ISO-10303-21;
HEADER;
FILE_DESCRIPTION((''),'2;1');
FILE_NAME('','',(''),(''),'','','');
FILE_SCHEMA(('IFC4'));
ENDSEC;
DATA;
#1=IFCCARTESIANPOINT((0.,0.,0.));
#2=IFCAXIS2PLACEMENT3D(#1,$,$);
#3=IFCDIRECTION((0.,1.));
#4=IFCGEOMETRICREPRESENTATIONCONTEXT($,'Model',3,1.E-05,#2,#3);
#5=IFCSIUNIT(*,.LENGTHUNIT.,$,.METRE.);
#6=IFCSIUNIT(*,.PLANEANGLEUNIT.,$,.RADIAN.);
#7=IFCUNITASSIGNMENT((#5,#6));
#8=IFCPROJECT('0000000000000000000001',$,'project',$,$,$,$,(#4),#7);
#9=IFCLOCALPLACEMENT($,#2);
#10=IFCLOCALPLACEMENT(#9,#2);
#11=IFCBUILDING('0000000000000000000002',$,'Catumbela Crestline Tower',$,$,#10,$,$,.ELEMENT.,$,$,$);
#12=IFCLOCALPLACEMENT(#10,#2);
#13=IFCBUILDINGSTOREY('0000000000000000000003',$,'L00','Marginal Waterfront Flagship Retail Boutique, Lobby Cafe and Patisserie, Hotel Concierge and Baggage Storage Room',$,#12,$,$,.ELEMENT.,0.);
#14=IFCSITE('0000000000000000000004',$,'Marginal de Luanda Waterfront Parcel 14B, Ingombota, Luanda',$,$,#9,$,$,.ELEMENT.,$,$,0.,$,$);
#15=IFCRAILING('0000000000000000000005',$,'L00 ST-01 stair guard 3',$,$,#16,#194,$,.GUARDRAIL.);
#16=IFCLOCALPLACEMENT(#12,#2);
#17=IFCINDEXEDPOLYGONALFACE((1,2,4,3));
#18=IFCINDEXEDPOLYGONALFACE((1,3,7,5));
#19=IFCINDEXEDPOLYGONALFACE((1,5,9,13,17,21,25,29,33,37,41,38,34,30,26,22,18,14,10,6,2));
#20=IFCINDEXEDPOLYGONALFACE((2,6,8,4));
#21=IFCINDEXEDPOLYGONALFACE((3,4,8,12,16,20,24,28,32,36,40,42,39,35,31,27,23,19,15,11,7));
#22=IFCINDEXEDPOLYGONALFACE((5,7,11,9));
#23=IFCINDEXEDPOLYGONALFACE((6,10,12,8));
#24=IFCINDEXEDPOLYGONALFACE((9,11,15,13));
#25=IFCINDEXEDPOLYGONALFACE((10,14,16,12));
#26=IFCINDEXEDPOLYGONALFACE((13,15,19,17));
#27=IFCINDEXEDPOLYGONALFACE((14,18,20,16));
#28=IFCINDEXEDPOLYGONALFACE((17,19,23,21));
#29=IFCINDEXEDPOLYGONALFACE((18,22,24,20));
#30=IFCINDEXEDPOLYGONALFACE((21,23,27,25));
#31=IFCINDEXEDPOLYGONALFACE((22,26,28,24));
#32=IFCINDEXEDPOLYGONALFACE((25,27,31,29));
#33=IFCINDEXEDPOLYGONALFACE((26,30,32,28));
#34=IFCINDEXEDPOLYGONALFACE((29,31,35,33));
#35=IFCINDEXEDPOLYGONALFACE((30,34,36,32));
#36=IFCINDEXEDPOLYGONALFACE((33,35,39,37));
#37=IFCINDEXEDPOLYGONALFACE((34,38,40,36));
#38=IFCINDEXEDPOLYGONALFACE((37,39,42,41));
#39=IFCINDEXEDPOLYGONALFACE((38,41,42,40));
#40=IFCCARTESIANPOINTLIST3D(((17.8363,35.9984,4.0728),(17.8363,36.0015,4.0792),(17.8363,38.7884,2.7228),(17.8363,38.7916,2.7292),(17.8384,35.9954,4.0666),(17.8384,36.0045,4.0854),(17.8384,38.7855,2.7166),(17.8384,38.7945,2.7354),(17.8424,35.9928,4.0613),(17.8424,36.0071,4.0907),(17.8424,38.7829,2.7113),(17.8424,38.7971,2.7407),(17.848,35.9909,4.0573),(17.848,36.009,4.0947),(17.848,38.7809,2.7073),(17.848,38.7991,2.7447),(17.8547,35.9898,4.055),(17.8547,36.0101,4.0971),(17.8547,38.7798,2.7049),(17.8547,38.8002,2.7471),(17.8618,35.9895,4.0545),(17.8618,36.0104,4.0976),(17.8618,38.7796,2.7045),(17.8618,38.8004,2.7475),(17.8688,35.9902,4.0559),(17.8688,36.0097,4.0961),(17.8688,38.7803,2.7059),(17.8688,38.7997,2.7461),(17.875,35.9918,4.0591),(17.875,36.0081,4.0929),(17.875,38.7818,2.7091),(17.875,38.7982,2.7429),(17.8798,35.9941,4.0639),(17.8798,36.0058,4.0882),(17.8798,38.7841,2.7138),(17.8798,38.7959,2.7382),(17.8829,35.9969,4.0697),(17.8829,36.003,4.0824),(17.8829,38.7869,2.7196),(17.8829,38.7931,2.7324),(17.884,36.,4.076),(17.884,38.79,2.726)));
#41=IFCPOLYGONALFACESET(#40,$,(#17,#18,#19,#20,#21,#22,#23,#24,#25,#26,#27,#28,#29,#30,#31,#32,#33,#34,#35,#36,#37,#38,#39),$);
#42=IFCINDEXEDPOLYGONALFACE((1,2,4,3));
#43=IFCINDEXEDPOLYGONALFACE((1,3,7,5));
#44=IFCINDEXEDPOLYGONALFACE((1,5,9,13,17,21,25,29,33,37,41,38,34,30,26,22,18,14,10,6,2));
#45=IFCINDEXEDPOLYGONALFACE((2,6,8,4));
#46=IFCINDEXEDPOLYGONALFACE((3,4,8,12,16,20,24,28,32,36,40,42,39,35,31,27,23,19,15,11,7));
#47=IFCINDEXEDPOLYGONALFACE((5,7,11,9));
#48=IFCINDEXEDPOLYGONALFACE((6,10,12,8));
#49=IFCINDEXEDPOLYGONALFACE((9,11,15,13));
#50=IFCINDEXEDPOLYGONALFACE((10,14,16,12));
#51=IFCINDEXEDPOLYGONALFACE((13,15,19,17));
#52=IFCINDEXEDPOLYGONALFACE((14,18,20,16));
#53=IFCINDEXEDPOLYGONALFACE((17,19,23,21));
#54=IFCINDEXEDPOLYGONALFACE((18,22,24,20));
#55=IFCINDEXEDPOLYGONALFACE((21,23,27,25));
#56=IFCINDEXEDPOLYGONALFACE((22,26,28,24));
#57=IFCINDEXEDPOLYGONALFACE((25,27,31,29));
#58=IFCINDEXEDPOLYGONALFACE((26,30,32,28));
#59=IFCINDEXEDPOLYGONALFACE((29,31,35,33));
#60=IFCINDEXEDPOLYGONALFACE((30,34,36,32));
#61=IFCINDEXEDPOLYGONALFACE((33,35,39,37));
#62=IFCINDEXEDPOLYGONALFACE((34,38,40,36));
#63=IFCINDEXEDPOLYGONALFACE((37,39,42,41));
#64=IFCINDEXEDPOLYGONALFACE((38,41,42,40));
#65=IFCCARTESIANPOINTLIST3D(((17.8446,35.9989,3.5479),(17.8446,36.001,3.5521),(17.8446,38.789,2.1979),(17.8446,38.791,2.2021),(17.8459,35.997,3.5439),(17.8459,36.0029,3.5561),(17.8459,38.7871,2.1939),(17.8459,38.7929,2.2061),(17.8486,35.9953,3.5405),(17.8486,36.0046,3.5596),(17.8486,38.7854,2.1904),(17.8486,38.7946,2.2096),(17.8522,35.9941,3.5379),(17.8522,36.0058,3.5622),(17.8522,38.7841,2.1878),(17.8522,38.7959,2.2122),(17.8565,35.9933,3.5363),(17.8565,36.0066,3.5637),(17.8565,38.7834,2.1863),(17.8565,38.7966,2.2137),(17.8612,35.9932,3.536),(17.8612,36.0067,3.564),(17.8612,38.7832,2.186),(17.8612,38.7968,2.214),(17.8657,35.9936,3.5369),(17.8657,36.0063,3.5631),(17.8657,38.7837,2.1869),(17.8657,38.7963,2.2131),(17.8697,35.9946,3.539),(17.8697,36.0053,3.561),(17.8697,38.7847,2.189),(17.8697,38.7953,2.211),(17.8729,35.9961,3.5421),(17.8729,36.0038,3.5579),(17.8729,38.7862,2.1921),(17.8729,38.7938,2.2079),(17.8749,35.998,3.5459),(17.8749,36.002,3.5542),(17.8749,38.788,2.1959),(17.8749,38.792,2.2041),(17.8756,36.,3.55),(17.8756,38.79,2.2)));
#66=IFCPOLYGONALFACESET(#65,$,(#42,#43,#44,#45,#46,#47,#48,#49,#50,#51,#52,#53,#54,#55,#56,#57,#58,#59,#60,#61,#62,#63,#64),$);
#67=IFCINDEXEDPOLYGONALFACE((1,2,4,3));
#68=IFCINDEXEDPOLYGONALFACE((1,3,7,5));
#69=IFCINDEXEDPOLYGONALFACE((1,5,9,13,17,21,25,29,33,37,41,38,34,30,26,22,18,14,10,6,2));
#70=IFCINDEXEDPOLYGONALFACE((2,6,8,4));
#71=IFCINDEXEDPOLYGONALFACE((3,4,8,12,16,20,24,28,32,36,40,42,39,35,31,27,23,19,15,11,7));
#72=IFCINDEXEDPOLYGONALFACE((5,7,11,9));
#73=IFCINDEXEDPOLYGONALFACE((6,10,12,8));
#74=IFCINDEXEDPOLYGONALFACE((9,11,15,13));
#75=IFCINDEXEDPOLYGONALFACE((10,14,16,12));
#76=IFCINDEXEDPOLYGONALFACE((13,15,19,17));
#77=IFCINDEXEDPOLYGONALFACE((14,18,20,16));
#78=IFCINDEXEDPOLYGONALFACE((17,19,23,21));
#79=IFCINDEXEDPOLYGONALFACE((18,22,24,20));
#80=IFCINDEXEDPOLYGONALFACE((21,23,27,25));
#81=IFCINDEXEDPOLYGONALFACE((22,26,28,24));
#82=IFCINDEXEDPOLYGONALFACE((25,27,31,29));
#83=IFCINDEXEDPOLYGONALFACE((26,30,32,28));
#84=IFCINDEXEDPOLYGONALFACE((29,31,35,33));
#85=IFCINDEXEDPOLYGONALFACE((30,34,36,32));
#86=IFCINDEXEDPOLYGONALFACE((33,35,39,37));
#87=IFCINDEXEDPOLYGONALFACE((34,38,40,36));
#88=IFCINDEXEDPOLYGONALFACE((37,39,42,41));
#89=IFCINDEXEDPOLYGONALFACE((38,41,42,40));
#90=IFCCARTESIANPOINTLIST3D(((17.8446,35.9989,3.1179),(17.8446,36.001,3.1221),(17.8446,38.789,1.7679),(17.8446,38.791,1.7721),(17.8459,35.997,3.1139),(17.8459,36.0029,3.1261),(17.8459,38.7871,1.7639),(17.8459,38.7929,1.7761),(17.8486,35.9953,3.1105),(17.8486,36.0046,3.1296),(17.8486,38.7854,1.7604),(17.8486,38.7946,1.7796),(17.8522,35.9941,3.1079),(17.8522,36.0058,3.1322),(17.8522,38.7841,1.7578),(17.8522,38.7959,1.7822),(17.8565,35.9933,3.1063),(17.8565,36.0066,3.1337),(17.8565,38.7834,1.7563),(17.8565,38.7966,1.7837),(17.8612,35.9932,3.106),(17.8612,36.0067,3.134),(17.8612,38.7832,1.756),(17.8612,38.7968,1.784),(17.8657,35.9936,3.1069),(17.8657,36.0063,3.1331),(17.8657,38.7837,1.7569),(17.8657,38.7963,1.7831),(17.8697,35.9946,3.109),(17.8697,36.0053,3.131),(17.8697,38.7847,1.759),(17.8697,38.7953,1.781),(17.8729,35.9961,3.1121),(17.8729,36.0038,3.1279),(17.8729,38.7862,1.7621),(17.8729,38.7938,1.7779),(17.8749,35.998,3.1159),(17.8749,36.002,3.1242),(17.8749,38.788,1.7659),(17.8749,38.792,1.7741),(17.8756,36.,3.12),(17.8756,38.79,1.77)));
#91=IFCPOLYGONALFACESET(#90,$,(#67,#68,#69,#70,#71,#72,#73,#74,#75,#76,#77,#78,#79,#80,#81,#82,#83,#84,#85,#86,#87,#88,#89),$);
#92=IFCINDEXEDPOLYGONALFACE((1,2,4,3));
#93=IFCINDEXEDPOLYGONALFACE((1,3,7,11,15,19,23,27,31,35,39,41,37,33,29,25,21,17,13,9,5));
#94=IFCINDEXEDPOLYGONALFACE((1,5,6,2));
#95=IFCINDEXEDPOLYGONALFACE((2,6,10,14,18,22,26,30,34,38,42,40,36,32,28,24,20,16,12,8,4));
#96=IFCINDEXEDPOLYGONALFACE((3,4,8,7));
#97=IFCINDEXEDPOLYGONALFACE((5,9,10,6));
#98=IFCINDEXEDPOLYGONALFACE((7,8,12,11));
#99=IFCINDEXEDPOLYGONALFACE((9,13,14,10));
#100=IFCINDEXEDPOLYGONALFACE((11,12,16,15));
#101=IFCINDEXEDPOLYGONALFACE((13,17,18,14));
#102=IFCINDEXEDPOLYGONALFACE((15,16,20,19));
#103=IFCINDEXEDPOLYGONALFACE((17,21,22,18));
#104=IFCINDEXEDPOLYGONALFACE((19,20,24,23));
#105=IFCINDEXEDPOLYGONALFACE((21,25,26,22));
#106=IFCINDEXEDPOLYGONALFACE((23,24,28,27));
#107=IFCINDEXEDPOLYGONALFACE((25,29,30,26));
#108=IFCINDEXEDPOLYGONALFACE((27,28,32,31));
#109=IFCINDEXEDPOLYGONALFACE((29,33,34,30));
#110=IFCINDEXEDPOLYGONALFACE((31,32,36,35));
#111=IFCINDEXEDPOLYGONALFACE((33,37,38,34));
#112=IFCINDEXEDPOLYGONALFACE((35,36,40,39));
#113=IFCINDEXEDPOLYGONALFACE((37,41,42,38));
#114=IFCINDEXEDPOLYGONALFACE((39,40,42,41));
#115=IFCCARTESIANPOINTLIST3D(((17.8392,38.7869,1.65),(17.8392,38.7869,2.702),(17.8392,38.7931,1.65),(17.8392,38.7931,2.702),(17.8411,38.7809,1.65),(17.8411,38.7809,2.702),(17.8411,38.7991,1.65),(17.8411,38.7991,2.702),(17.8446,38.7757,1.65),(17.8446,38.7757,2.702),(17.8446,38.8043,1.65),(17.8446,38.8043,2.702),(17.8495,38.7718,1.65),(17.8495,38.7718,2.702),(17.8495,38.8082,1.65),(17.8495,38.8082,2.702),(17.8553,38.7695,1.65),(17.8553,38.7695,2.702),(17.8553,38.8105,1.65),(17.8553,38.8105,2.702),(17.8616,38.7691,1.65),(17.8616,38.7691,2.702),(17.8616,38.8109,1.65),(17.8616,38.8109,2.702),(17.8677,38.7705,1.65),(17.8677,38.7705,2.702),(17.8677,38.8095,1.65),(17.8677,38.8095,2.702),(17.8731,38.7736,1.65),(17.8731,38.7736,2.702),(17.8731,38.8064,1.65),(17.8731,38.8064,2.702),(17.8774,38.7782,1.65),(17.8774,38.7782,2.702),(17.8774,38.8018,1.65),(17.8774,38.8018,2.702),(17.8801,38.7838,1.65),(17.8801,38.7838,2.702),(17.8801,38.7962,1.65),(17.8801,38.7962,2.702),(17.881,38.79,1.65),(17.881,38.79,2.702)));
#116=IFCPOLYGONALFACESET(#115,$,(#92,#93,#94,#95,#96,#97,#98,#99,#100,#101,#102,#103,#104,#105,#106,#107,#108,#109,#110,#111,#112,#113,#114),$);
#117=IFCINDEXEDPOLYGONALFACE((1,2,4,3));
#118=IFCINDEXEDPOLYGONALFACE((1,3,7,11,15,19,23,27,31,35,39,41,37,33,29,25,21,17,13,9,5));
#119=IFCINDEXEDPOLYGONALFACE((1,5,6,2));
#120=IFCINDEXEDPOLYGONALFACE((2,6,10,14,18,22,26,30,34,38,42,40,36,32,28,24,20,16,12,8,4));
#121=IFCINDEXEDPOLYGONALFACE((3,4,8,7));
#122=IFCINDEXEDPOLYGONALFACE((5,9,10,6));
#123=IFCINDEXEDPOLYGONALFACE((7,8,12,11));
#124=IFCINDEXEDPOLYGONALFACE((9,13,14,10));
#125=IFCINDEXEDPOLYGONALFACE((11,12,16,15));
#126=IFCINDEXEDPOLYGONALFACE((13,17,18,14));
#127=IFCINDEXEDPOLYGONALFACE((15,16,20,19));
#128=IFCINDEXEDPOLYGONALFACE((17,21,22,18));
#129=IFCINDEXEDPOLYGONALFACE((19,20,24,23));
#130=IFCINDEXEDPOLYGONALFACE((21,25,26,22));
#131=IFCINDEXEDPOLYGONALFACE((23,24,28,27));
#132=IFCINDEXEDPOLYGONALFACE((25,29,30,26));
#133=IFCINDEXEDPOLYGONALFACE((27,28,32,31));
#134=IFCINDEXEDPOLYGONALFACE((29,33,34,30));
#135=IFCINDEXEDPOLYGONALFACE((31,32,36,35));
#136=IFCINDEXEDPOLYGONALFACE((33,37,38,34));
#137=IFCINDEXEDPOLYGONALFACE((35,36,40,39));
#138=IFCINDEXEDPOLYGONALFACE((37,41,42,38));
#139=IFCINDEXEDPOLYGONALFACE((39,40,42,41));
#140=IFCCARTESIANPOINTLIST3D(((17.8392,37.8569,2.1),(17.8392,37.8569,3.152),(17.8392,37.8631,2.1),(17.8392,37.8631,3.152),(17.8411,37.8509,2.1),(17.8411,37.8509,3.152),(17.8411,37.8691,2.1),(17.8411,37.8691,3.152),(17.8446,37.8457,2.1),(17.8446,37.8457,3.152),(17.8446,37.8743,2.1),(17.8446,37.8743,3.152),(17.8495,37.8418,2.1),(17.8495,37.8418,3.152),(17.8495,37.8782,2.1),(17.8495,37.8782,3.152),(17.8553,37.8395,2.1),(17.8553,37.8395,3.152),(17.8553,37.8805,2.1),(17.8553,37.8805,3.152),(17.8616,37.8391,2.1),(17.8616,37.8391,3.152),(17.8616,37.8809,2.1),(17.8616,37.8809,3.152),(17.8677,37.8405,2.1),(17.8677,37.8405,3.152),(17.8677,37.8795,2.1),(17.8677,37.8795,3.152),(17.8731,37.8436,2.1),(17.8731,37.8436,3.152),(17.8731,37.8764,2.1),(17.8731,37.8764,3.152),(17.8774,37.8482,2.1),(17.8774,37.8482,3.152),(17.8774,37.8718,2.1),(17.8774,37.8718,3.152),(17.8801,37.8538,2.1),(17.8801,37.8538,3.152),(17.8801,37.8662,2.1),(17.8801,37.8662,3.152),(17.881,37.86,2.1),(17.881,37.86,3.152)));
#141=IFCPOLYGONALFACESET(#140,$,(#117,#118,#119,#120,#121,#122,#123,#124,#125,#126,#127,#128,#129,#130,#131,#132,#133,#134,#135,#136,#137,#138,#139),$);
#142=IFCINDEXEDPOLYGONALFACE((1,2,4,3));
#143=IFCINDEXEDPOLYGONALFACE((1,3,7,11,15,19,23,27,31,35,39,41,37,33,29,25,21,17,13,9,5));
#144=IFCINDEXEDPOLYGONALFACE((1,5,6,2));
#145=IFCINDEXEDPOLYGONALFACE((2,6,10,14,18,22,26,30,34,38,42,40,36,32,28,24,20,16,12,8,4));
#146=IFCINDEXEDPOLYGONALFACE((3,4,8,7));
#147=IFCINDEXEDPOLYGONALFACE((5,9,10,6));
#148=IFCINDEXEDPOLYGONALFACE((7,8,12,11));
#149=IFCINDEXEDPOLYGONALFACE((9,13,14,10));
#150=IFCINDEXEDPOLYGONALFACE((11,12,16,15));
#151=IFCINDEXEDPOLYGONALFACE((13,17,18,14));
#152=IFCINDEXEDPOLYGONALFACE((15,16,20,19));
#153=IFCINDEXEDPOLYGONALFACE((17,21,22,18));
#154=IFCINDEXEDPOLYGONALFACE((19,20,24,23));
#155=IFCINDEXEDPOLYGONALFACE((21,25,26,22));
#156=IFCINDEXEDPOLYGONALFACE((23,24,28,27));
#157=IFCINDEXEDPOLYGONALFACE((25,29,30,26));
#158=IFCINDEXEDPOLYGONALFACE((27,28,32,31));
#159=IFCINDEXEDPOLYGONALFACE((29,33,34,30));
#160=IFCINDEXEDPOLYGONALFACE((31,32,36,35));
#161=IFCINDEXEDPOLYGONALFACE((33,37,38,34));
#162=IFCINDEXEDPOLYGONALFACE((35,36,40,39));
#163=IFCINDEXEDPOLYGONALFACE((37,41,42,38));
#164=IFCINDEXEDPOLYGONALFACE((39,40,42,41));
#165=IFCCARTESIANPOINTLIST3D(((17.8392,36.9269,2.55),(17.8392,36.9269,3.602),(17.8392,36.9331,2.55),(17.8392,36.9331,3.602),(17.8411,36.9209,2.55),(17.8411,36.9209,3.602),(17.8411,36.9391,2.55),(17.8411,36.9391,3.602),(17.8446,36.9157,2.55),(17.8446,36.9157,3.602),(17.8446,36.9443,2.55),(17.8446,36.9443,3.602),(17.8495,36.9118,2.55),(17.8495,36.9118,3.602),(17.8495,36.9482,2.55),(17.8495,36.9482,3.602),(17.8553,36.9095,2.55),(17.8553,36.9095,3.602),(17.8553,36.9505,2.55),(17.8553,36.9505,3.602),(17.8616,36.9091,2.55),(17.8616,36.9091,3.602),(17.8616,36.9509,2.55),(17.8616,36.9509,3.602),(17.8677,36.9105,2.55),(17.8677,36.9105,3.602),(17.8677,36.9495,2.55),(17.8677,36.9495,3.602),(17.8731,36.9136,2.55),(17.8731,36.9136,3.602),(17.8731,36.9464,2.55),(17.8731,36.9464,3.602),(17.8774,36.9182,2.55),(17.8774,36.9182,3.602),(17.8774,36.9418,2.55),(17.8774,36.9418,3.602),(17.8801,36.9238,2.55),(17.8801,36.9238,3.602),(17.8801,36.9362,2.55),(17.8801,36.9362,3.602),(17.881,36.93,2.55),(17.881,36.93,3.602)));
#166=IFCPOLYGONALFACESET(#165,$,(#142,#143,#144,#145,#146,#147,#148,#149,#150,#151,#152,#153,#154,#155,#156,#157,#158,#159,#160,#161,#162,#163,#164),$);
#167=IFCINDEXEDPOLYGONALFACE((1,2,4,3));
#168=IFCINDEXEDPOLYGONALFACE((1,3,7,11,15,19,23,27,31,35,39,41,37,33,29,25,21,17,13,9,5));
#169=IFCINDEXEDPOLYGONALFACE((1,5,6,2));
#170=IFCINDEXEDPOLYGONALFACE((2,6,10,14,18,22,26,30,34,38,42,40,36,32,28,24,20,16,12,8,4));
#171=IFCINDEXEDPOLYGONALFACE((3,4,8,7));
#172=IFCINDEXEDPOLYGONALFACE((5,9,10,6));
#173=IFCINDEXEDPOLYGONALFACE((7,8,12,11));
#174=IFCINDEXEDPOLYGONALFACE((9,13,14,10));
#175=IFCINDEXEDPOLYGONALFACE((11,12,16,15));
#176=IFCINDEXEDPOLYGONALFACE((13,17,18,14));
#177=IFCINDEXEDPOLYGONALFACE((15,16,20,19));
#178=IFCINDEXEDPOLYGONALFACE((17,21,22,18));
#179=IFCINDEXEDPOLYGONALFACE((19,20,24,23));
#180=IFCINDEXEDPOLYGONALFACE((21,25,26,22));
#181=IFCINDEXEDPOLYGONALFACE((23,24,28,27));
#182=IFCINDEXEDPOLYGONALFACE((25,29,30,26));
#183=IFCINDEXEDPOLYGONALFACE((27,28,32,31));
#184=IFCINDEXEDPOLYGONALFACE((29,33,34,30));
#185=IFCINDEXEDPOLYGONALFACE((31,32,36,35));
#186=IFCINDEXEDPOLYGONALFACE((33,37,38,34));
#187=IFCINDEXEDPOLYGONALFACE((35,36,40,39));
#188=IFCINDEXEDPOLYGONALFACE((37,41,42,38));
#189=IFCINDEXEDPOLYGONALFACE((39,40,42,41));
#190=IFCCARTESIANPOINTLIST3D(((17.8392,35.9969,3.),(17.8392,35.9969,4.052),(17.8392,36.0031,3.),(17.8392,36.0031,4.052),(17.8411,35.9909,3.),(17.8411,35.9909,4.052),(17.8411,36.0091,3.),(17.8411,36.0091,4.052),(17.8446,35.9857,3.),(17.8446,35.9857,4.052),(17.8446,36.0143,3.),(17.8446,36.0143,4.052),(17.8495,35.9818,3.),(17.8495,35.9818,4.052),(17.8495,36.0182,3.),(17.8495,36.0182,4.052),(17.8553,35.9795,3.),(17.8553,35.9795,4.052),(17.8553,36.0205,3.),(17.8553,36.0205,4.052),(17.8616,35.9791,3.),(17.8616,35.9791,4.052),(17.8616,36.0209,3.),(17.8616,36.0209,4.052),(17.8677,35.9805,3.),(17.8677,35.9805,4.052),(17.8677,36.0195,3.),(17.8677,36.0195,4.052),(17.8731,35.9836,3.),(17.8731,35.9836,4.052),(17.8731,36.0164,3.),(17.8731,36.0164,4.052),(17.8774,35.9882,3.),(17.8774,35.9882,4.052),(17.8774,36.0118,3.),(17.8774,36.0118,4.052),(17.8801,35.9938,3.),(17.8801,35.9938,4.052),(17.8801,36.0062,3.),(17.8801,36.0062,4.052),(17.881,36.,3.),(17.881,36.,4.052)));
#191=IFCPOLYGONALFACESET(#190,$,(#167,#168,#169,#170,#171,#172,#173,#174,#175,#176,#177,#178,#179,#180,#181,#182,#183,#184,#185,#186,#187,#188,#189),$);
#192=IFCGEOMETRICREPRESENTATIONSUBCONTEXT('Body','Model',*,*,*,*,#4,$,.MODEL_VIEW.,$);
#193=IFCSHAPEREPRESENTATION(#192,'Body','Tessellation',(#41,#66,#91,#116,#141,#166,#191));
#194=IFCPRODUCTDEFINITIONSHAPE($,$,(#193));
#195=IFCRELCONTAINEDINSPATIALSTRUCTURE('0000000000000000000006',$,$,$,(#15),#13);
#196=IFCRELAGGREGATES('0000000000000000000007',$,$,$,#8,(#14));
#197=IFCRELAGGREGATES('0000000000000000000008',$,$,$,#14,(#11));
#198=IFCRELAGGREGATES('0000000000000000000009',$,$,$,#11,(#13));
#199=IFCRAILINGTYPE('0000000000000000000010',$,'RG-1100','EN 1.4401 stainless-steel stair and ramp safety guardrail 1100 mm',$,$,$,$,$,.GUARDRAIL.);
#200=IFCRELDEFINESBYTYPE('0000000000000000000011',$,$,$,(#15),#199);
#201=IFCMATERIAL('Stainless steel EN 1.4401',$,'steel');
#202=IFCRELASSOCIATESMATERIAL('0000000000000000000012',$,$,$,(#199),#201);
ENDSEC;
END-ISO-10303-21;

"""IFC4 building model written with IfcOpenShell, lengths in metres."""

from ifc_helpers import new_model, si_unit, direction, frame, origin, origin_2d, place, context, subcontext, project, spatial, circle, extrude, material, type_object, element, save


model = new_model("IFC4")

# Units and contexts
model_context = context("Model", 3, precision=1e-05, world=origin(), true_north=direction((0.0, 1.0)))
body_context = subcontext(model_context, "Body", "Model", "MODEL_VIEW")
ifc_project = project(units=[si_unit("LENGTHUNIT", "METRE"), si_unit("PLANEANGLEUNIT", "RADIAN")], contexts=[model_context])

# Site, building, storey
site_placement = place(None, origin())
site = spatial("IfcSite", under=ifc_project, at=site_placement, Name="Marginal de Luanda Waterfront Parcel 14B, Ingombota, Luanda", CompositionType="ELEMENT", RefElevation=0.0)
building_placement = place(site_placement, origin())
building = spatial("IfcBuilding", under=site, at=building_placement, Name="Catumbela Crestline Tower", CompositionType="ELEMENT")
storey_placement = place(building_placement, origin())
storey = spatial("IfcBuildingStorey", under=building, at=storey_placement, Name="L00", Description="Marginal Waterfront Flagship Retail Boutique, Lobby Cafe and Patisserie, Hotel Concierge and Baggage Storage Room", CompositionType="ELEMENT", Elevation=0.0)

# Railing
ifc_material_1 = material(Name="Stainless steel EN 1.4401", Category="steel")
railing_type_1 = type_object("IfcRailingType", Name="RG-1100", Description="EN 1.4401 stainless-steel stair and ramp safety guardrail 1100 mm", PredefinedType="GUARDRAIL", material=ifc_material_1)
railing_1_placement = place(storey_placement, frame((17.86, 38.79, 1.65)))
element("IfcRailing", 1, at=railing_1_placement, inside=storey, type_object=railing_type_1, Name="L00 ST-01 stair guard 3", PredefinedType="GUARDRAIL", context=body_context, shape_type="SweptSolid", body=[
    extrude(circle(Radius=0.024, at=origin_2d()), frame((0.0, 0.0, 1.076), z_axis=(0.0, -0.900159, 0.435561), x_axis=(1.0, 0.0, 0.0)), (0.0, 0.0, 1.0), 3.0995),
    extrude(circle(Radius=0.0156, at=origin_2d()), frame((0.0, 0.0, 0.55), z_axis=(0.0, -0.900159, 0.435561), x_axis=(1.0, 0.0, 0.0)), (0.0, 0.0, 1.0), 3.0995),
    extrude(circle(Radius=0.0156, at=origin_2d()), frame((0.0, 0.0, 0.12), z_axis=(0.0, -0.900159, 0.435561), x_axis=(1.0, 0.0, 0.0)), (0.0, 0.0, 1.0), 3.0995),
    extrude(circle(Radius=0.021, at=origin_2d()), origin(), (0.0, 0.0, 1.0), 1.052),
    extrude(circle(Radius=0.021, at=origin_2d()), frame((0.0, -0.93, 0.45)), (0.0, 0.0, 1.0), 1.052),
    extrude(circle(Radius=0.021, at=origin_2d()), frame((0.0, -1.86, 0.9)), (0.0, 0.0, 1.0), 1.052),
    extrude(circle(Radius=0.021, at=origin_2d()), frame((0.0, -2.79, 1.35)), (0.0, 0.0, 1.0), 1.052),
])

save(model, "model.ifc")
